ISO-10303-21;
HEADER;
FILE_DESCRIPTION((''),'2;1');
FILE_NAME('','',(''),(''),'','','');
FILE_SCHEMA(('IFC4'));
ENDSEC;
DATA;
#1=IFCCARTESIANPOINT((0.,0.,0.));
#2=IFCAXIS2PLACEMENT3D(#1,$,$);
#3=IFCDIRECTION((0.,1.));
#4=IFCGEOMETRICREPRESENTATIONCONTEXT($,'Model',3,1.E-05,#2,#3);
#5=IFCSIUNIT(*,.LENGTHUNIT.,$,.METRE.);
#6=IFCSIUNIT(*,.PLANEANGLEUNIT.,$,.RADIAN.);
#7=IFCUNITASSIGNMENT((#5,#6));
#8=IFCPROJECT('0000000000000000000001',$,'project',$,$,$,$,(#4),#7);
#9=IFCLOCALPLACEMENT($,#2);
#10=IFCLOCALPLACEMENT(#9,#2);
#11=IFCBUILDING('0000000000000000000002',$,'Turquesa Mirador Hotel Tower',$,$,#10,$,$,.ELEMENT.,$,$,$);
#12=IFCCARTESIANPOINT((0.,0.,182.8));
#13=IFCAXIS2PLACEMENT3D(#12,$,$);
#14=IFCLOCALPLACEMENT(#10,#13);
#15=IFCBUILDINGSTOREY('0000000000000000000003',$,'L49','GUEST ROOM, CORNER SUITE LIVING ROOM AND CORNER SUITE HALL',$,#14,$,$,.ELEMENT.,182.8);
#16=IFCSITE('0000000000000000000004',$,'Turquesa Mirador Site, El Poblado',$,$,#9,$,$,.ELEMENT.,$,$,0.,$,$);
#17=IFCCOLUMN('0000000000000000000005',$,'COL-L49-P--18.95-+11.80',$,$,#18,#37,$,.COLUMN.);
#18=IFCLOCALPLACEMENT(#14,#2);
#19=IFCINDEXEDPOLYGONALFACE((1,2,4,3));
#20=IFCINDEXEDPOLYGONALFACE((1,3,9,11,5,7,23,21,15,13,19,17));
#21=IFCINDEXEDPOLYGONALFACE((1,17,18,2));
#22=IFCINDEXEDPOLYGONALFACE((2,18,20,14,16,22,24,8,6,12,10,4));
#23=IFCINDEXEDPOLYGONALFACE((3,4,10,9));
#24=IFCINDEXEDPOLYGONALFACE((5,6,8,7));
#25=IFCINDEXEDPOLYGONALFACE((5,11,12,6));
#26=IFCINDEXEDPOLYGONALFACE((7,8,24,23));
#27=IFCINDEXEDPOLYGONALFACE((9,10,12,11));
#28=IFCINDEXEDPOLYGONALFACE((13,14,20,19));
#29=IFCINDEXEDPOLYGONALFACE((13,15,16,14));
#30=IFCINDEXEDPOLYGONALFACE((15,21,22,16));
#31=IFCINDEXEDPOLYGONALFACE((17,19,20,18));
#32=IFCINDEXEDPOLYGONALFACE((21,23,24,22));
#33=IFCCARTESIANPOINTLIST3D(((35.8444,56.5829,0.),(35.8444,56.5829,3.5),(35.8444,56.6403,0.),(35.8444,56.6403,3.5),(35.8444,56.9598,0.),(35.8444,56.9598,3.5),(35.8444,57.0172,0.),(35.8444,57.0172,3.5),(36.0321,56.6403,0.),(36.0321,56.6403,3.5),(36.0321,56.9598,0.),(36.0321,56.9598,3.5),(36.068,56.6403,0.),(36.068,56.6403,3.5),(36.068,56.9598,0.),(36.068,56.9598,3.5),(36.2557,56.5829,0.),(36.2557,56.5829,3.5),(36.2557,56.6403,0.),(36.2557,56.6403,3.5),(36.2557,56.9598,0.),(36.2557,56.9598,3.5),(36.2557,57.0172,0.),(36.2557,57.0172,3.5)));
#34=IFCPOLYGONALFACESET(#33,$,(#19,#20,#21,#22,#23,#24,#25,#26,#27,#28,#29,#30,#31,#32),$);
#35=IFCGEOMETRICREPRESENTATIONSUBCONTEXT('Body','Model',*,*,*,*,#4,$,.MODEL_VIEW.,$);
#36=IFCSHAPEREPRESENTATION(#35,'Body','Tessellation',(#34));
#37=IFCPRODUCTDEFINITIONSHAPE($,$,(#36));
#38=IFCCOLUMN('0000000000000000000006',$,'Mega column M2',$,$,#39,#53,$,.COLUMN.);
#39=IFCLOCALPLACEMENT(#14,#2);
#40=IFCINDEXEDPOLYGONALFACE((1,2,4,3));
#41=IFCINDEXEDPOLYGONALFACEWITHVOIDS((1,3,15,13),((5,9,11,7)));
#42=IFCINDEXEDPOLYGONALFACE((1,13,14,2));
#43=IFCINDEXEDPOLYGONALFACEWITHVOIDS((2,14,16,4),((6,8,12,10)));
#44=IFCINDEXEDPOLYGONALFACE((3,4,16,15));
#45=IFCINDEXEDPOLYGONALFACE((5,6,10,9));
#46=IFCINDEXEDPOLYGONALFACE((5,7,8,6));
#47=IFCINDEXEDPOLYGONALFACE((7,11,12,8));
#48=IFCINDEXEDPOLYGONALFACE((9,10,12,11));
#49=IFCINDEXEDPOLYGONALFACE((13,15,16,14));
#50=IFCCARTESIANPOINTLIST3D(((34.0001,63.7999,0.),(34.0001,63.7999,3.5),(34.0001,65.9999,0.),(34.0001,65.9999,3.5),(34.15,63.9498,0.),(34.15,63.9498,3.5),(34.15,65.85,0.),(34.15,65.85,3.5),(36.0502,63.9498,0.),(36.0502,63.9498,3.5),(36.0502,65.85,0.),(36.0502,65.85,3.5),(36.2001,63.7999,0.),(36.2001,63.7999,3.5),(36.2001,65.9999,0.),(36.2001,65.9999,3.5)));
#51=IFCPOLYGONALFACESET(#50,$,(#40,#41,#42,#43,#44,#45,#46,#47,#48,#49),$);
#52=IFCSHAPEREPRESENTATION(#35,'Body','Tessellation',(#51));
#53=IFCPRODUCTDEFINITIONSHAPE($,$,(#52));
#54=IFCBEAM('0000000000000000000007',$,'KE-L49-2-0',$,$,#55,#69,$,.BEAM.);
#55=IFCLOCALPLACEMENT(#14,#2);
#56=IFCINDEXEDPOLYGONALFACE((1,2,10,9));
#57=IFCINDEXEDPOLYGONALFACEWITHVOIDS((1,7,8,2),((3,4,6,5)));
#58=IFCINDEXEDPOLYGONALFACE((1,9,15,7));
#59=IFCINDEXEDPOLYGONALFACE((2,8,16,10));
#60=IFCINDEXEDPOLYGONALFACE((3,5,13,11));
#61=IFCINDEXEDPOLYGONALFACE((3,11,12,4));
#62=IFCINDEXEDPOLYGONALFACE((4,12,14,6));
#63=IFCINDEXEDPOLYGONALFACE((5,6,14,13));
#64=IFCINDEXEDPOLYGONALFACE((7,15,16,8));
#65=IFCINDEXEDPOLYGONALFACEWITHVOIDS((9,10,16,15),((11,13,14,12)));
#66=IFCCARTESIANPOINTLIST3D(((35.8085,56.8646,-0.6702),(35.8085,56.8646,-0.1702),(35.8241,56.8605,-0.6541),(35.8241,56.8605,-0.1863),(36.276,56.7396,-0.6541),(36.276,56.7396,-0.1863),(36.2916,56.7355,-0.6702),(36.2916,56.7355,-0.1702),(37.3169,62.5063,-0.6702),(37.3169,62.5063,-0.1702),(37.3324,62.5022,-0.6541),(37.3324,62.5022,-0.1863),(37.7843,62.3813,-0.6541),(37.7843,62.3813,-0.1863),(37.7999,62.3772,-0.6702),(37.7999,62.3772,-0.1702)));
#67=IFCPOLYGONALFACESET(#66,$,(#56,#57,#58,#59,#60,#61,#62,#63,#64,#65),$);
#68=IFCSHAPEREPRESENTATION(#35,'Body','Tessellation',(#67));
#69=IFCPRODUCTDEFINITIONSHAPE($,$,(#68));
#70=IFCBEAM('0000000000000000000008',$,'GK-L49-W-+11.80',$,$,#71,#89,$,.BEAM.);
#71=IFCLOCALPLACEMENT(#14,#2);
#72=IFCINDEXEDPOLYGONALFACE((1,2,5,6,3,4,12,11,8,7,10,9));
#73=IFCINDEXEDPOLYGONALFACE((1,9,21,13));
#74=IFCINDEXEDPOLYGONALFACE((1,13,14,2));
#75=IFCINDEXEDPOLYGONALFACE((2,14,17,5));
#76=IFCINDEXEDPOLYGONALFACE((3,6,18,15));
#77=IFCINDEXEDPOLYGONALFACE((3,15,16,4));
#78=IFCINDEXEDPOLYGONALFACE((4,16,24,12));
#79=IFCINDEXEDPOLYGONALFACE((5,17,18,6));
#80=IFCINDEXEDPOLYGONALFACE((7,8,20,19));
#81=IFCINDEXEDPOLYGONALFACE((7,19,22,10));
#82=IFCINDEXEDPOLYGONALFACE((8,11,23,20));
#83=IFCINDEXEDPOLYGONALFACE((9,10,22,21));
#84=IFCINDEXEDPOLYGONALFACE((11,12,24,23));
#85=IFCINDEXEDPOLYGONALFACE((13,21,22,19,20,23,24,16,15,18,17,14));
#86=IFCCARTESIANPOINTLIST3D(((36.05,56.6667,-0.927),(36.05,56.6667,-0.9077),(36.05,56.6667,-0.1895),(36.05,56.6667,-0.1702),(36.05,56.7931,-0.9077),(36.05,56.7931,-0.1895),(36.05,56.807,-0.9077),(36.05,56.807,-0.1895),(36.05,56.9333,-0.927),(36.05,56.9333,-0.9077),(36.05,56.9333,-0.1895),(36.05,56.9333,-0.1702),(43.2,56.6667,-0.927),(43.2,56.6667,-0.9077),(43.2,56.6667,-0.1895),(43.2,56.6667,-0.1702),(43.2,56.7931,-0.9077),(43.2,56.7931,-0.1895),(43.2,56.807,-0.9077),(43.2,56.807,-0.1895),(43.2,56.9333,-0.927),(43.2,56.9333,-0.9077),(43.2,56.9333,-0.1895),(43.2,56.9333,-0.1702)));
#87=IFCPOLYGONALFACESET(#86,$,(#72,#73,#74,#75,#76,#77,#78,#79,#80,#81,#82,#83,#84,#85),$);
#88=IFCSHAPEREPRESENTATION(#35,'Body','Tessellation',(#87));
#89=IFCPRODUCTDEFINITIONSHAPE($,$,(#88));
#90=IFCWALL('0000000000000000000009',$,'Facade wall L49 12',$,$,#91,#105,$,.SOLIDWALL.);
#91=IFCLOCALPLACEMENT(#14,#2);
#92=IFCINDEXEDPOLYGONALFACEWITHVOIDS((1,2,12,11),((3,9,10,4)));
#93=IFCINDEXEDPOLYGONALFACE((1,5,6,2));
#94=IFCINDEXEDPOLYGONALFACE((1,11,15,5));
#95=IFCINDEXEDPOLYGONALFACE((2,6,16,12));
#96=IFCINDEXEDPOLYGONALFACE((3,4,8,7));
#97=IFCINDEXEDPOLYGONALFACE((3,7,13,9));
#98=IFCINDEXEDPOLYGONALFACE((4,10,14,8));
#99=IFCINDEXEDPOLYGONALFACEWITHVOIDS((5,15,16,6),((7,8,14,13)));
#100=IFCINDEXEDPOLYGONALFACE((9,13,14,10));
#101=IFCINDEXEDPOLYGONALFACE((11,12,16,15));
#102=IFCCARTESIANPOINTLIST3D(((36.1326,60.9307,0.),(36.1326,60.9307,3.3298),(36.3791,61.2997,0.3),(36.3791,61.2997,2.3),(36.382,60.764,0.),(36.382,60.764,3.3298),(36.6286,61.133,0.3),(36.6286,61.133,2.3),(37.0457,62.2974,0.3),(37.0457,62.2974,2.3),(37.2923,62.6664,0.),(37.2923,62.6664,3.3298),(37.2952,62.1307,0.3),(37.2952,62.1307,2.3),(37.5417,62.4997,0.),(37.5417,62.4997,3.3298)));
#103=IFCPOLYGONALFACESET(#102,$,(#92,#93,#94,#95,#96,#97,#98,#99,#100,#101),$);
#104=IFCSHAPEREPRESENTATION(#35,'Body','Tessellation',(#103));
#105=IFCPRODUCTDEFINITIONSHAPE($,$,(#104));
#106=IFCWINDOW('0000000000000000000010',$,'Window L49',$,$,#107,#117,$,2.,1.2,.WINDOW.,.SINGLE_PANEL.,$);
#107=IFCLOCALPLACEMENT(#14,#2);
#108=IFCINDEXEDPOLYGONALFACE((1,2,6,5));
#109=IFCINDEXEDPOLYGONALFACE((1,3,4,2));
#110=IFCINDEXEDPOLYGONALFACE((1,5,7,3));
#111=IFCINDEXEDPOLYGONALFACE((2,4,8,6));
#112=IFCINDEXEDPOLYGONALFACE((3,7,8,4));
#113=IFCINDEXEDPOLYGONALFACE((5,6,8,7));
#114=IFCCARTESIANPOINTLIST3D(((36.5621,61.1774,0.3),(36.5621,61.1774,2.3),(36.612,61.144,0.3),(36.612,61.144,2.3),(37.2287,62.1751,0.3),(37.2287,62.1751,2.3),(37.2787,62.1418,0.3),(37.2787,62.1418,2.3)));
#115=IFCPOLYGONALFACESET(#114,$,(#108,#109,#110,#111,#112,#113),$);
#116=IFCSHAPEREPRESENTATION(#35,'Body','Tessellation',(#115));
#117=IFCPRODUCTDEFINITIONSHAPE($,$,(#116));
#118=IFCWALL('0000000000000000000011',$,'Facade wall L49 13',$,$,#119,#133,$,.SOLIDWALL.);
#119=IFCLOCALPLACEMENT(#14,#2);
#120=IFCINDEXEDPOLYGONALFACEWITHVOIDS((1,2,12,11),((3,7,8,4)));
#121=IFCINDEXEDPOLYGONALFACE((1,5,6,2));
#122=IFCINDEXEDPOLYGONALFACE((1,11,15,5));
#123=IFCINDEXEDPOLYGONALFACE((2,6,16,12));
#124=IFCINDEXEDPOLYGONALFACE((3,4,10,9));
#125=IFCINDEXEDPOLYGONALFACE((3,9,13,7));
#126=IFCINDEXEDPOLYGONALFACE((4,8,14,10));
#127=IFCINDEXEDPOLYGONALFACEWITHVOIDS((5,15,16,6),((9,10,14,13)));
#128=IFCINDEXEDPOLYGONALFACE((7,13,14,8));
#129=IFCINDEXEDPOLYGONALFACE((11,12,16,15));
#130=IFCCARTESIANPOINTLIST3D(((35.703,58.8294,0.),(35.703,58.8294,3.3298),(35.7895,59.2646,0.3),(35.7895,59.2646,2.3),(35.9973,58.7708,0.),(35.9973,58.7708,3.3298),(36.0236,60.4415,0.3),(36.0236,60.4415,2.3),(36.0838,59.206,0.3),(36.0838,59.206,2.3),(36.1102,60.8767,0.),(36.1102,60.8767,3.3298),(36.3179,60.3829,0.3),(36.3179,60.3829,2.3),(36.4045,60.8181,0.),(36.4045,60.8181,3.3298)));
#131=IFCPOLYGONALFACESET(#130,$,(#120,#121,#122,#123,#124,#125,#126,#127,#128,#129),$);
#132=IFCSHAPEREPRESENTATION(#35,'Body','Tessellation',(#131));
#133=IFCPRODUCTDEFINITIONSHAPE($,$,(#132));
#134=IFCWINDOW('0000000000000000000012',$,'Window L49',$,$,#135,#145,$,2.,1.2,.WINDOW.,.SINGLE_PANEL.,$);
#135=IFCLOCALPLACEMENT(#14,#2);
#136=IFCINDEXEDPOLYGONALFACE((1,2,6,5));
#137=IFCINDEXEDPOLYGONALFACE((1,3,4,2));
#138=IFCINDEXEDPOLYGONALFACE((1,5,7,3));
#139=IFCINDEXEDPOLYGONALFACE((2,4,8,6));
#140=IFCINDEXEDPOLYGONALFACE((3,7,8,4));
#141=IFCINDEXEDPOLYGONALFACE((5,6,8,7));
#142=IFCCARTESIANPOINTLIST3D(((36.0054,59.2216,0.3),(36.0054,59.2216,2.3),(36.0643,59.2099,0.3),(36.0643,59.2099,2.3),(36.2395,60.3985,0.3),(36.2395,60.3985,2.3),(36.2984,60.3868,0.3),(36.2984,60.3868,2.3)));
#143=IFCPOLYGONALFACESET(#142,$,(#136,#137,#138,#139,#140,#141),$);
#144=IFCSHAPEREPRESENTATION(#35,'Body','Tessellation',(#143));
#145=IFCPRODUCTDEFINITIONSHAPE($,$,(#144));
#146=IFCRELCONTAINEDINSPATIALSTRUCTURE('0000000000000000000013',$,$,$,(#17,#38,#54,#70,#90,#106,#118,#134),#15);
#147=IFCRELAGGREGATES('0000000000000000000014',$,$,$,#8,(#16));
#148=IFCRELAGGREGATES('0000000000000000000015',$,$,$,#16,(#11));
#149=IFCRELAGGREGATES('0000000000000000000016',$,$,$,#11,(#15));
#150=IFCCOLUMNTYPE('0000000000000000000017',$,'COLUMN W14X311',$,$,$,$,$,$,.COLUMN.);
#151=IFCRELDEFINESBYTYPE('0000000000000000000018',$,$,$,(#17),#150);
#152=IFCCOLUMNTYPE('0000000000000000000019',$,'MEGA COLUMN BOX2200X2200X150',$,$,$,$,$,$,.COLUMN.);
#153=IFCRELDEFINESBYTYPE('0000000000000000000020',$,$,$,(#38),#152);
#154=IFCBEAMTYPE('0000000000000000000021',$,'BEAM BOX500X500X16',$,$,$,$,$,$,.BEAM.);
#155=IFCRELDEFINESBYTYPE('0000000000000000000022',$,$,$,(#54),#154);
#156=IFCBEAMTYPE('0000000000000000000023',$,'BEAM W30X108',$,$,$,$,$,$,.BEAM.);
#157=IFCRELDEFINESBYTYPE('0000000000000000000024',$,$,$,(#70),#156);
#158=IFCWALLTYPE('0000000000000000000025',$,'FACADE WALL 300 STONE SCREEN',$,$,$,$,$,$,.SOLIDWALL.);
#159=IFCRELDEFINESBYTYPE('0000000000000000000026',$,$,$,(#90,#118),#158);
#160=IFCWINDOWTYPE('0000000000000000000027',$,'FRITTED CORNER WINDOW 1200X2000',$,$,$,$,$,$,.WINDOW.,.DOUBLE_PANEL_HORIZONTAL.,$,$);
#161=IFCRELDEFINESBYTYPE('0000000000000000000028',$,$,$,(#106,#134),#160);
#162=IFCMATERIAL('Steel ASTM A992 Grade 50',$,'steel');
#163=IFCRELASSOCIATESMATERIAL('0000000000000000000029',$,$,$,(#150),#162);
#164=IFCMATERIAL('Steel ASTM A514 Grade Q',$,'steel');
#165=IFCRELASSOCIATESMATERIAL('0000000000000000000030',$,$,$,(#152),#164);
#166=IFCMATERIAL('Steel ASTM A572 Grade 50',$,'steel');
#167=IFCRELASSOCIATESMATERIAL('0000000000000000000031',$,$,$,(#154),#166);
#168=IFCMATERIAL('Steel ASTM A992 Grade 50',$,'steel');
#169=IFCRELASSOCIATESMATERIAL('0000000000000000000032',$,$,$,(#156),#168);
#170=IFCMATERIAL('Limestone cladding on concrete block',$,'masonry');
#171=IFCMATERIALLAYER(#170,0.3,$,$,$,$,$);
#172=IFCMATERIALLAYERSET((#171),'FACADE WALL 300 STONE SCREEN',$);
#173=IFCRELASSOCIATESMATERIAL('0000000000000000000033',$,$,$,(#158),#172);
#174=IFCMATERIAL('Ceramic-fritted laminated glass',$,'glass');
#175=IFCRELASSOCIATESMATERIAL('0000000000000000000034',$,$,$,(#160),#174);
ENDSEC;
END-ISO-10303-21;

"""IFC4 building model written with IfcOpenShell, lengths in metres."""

from ifc_helpers import new_model, si_unit, direction, frame, frame_2d, origin, origin_2d, place, context, subcontext, project, spatial, rectangle, hollow_rectangle, i_section, extrude, material, layer, layer_set, material_profile, profile_set, type_object, element, fill, save


model = new_model("IFC4")

# Units and contexts
model_context = context("Model", 3, precision=1e-05, world=origin(), true_north=direction((0.0, 1.0)))
body_context = subcontext(model_context, "Body", "Model", "MODEL_VIEW")
ifc_project = project(units=[si_unit("LENGTHUNIT", "METRE"), si_unit("PLANEANGLEUNIT", "RADIAN")], contexts=[model_context])

# Site, building, storey
site_placement = place(None, origin())
site = spatial("IfcSite", under=ifc_project, at=site_placement, Name="Turquesa Mirador Site, El Poblado", CompositionType="ELEMENT", RefElevation=0.0)
building_placement = place(site_placement, origin())
building = spatial("IfcBuilding", under=site, at=building_placement, Name="Turquesa Mirador Hotel Tower", CompositionType="ELEMENT")
storey_placement = place(building_placement, frame((0.0, 0.0, 182.8)))
storey = spatial("IfcBuildingStorey", under=building, at=storey_placement, Name="L49", Description="GUEST ROOM, CORNER SUITE LIVING ROOM AND CORNER SUITE HALL", CompositionType="ELEMENT", Elevation=182.8)

# Columns
ifc_material_1 = material(Name="Steel ASTM A992 Grade 50", Category="steel")
ifc_material_profile_1 = material_profile(ifc_material_1, i_section(OverallWidth=0.4114, OverallDepth=0.4343, WebThickness=0.0359, FlangeThickness=0.0574, at=origin_2d()), Name="W14X311")
ifc_profile_set_1 = profile_set([ifc_material_profile_1], Name="Steel ASTM A992 Grade 50")
column_type_1 = type_object("IfcColumnType", Name="COLUMN W14X311", PredefinedType="COLUMN", material=ifc_profile_set_1)
column_1_placement = place(storey_placement, frame((36.05, 56.8, 0.0), z_axis=(0.0, 0.0, 1.0), x_axis=(1.0, 0.0, 0.0)))
element("IfcColumn", 1, at=column_1_placement, inside=storey, type_object=column_type_1, Name="COL-L49-P--18.95-+11.80", PredefinedType="COLUMN", context=body_context, shape_type="SweptSolid", body=[
    extrude(i_section(OverallWidth=0.4114, OverallDepth=0.4343, WebThickness=0.0359, FlangeThickness=0.0574, at=origin_2d()), origin(), (0.0, 0.0, 1.0), 3.5),
])
ifc_material_2 = material(Name="Steel ASTM A514 Grade Q", Category="steel")
ifc_material_profile_2 = material_profile(ifc_material_2, hollow_rectangle(XDim=2.2, YDim=2.2, WallThickness=0.1499, at=origin_2d()), Name="BOX2200X2200X150")
ifc_profile_set_2 = profile_set([ifc_material_profile_2], Name="Steel ASTM A514 Grade Q")
column_type_2 = type_object("IfcColumnType", Name="MEGA COLUMN BOX2200X2200X150", PredefinedType="COLUMN", material=ifc_profile_set_2)
column_2_placement = place(storey_placement, frame((35.1001, 64.8999, 0.0), z_axis=(0.0, 0.0, 1.0), x_axis=(1.0, 0.0, 0.0)))
element("IfcColumn", 2, at=column_2_placement, inside=storey, type_object=column_type_2, Name="Mega column M2", PredefinedType="COLUMN", context=body_context, shape_type="SweptSolid", body=[
    extrude(hollow_rectangle(XDim=2.2, YDim=2.2, WallThickness=0.1499, at=origin_2d()), origin(), (0.0, 0.0, 1.0), 3.5),
])

# Beams
ifc_material_3 = material(Name="Steel ASTM A572 Grade 50", Category="steel")
ifc_material_profile_3 = material_profile(ifc_material_3, hollow_rectangle(XDim=0.5, YDim=0.5, WallThickness=0.0161, at=origin_2d()), Name="BOX500X500X16")
ifc_profile_set_3 = profile_set([ifc_material_profile_3], Name="Steel ASTM A572 Grade 50")
beam_type_1 = type_object("IfcBeamType", Name="BEAM BOX500X500X16", PredefinedType="BEAM", material=ifc_profile_set_3)
beam_1_placement = place(storey_placement, frame((36.05, 56.8, -0.4202), z_axis=(0.258282, 0.96607, 0.0), x_axis=(-0.96607, 0.258282, 0.0)))
element("IfcBeam", 3, at=beam_1_placement, inside=storey, type_object=beam_type_1, Name="KE-L49-2-0", PredefinedType="BEAM", context=body_context, shape_type="SweptSolid", body=[
    extrude(hollow_rectangle(XDim=0.5, YDim=0.5, WallThickness=0.0161, at=origin_2d()), origin(), (0.0, 0.0, 1.0), 5.8398),
])
ifc_material_4 = material(Name="Steel ASTM A992 Grade 50", Category="steel")
ifc_material_profile_4 = material_profile(ifc_material_4, i_section(OverallWidth=0.2666, OverallDepth=0.7568, WebThickness=0.0139, FlangeThickness=0.0193, at=origin_2d()), Name="W30X108")
ifc_profile_set_4 = profile_set([ifc_material_profile_4], Name="Steel ASTM A992 Grade 50")
beam_type_2 = type_object("IfcBeamType", Name="BEAM W30X108", PredefinedType="BEAM", material=ifc_profile_set_4)
beam_2_placement = place(storey_placement, frame((36.05, 56.8, -0.5486), z_axis=(1.0, 0.0, 0.0), x_axis=(0.0, 1.0, 0.0)))
element("IfcBeam", 4, at=beam_2_placement, inside=storey, type_object=beam_type_2, Name="GK-L49-W-+11.80", PredefinedType="BEAM", context=body_context, shape_type="SweptSolid", body=[
    extrude(i_section(OverallWidth=0.2666, OverallDepth=0.7568, WebThickness=0.0139, FlangeThickness=0.0193, at=origin_2d()), origin(), (0.0, 0.0, 1.0), 7.1499),
])

# Walls, openings, windows
ifc_material_5 = material(Name="Limestone cladding on concrete block", Category="masonry")
ifc_layer_1 = layer(ifc_material_5, 0.3)
ifc_layer_set_1 = layer_set([ifc_layer_1], Name="FACADE WALL 300 STONE SCREEN")
wall_type_1 = type_object("IfcWallType", Name="FACADE WALL 300 STONE SCREEN", PredefinedType="SOLIDWALL", material=ifc_layer_set_1)
wall_1_placement = place(storey_placement, frame((37.417, 62.583, 0.0), z_axis=(0.0, 0.0, 1.0), x_axis=(-0.555564, -0.831474, 0.0)))
wall_1 = element("IfcWall", 5, at=wall_1_placement, inside=storey, type_object=wall_type_1, Name="Facade wall L49 12", PredefinedType="SOLIDWALL", context=body_context, shape_type="SweptSolid", body=[
    extrude(rectangle(XDim=2.0874, YDim=0.3, at=frame_2d((1.0437, 0.0))), origin(), (0.0, 0.0, 1.0), 3.3298),
])
opening_1_placement = place(wall_1_placement, frame((0.4436, 0.0, 0.3)))
opening_1 = element("IfcOpeningElement", 6, at=opening_1_placement, cuts=wall_1, PredefinedType="OPENING", context=body_context, shape_type="SweptSolid", body=[
    extrude(rectangle(XDim=1.2, YDim=2.0, at=frame_2d((0.6001, 1.0))), frame((0.0, 0.1599, 0.0), z_axis=(0.0, -1.0, 0.0), x_axis=(1.0, 0.0, 0.0)), (0.0, 0.0, 1.0), 0.3201),
])
ifc_material_6 = material(Name="Ceramic-fritted laminated glass", Category="glass")
window_type_1 = type_object("IfcWindowType", Name="FRITTED CORNER WINDOW 1200X2000", PartitioningType="DOUBLE_PANEL_HORIZONTAL", PredefinedType="WINDOW", material=ifc_material_6)
window_1_placement = place(opening_1_placement, origin())
window_1 = element("IfcWindow", 7, at=window_1_placement, inside=storey, type_object=window_type_1, Name="Window L49", OverallHeight=2.0, OverallWidth=1.2, PartitioningType="SINGLE_PANEL", PredefinedType="WINDOW", context=body_context, shape_type="SweptSolid", body=[
    extrude(rectangle(XDim=1.2, YDim=2.0, at=frame_2d((0.6001, 1.0))), frame((0.0, 0.1301, 0.0), z_axis=(0.0, -1.0, 0.0), x_axis=(1.0, 0.0, 0.0)), (0.0, 0.0, 1.0), 0.0601),
])
fill(opening_1, window_1)
wall_2_placement = place(storey_placement, frame((36.2573, 60.8474, 0.0), z_axis=(0.0, 0.0, 1.0), x_axis=(-0.195081, -0.980787, 0.0)))
wall_2 = element("IfcWall", 8, at=wall_2_placement, inside=storey, type_object=wall_type_1, Name="Facade wall L49 13", PredefinedType="SOLIDWALL", context=body_context, shape_type="SweptSolid", body=[
    extrude(rectangle(XDim=2.0874, YDim=0.3, at=frame_2d((1.0437, 0.0))), origin(), (0.0, 0.0, 1.0), 3.3298),
])
opening_2_placement = place(wall_2_placement, frame((0.4436, 0.0, 0.3)))
opening_2 = element("IfcOpeningElement", 9, at=opening_2_placement, cuts=wall_2, PredefinedType="OPENING", context=body_context, shape_type="SweptSolid", body=[
    extrude(rectangle(XDim=1.2, YDim=2.0, at=frame_2d((0.6001, 1.0))), frame((0.0, 0.1599, 0.0), z_axis=(0.0, -1.0, 0.0), x_axis=(1.0, 0.0, 0.0)), (0.0, 0.0, 1.0), 0.3201),
])
window_2_placement = place(opening_2_placement, origin())
window_2 = element("IfcWindow", 10, at=window_2_placement, inside=storey, type_object=window_type_1, Name="Window L49", OverallHeight=2.0, OverallWidth=1.2, PartitioningType="SINGLE_PANEL", PredefinedType="WINDOW", context=body_context, shape_type="SweptSolid", body=[
    extrude(rectangle(XDim=1.2, YDim=2.0, at=frame_2d((0.6001, 1.0))), frame((0.0, 0.1301, 0.0), z_axis=(0.0, -1.0, 0.0), x_axis=(1.0, 0.0, 0.0)), (0.0, 0.0, 1.0), 0.0601),
])
fill(opening_2, window_2)

save(model, "model.ifc")
